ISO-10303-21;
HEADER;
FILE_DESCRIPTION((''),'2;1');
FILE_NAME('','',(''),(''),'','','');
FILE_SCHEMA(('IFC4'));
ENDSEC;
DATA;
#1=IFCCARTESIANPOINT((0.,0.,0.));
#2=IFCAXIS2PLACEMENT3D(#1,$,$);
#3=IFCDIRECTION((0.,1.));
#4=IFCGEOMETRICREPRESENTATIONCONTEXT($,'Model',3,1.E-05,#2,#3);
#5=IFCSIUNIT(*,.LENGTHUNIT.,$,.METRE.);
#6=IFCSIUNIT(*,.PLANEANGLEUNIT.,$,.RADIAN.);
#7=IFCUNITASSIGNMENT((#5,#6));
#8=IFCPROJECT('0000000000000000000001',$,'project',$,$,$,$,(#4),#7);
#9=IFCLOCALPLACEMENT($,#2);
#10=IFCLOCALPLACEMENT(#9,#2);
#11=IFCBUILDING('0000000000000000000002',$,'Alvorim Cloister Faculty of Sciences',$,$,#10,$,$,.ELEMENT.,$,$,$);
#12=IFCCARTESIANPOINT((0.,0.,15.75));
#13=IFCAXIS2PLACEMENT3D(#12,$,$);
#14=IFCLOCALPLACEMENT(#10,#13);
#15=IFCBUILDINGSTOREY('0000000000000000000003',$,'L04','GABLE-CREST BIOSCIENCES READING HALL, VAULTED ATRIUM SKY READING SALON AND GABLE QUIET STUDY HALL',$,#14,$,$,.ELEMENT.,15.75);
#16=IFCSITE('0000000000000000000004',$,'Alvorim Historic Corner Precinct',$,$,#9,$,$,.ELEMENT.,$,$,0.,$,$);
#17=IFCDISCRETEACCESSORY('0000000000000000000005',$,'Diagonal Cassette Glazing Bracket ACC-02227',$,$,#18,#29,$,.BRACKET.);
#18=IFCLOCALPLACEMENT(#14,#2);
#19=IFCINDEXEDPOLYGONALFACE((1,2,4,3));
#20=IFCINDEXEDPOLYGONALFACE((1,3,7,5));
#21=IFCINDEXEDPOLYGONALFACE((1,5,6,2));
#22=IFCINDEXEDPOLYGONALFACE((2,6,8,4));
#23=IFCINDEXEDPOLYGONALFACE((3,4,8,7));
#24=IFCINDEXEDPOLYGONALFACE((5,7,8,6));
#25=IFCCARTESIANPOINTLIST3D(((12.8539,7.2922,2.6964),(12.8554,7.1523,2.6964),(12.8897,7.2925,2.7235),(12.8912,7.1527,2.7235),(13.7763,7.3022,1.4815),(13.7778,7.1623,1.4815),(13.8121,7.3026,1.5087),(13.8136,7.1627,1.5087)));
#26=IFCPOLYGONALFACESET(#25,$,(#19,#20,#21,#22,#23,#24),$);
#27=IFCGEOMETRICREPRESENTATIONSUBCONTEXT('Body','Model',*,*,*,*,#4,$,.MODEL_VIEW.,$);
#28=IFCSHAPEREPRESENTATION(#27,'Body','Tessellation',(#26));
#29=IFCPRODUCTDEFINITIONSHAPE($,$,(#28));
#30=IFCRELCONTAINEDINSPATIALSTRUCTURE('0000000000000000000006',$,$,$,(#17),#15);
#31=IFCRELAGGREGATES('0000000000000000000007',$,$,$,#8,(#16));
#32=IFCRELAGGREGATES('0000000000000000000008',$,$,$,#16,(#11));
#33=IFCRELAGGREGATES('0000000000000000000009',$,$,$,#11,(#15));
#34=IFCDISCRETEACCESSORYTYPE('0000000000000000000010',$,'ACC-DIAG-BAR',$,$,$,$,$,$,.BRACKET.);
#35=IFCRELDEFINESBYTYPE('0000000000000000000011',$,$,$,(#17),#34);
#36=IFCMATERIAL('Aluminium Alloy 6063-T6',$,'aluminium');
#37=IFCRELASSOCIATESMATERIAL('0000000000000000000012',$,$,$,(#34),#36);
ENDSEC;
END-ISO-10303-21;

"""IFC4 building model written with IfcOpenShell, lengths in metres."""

from ifc_helpers import new_model, si_unit, direction, frame, origin, origin_2d, place, context, subcontext, project, spatial, rectangle, extrude, material, type_object, element, save


model = new_model("IFC4")

# Units and contexts
model_context = context("Model", 3, precision=1e-05, world=origin(), true_north=direction((0.0, 1.0)))
body_context = subcontext(model_context, "Body", "Model", "MODEL_VIEW")
ifc_project = project(units=[si_unit("LENGTHUNIT", "METRE"), si_unit("PLANEANGLEUNIT", "RADIAN")], contexts=[model_context])

# Site, building, storey
site_placement = place(None, origin())
site = spatial("IfcSite", under=ifc_project, at=site_placement, Name="Alvorim Historic Corner Precinct", CompositionType="ELEMENT", RefElevation=0.0)
building_placement = place(site_placement, origin())
building = spatial("IfcBuilding", under=site, at=building_placement, Name="Alvorim Cloister Faculty of Sciences", CompositionType="ELEMENT")
storey_placement = place(building_placement, frame((0.0, 0.0, 15.75)))
storey = spatial("IfcBuildingStorey", under=building, at=storey_placement, Name="L04", Description="GABLE-CREST BIOSCIENCES READING HALL, VAULTED ATRIUM SKY READING SALON AND GABLE QUIET STUDY HALL", CompositionType="ELEMENT", Elevation=15.75)

# Discrete accessory
ifc_material_1 = material(Name="Aluminium Alloy 6063-T6", Category="aluminium")
discrete_accessory_type = type_object("IfcDiscreteAccessoryType", Name="ACC-DIAG-BAR", PredefinedType="BRACKET", material=ifc_material_1)
discrete_accessory_1_placement = place(storey_placement, frame((12.8726, 7.2224, 2.71), z_axis=(0.604689, 0.006562, -0.796435), x_axis=(-0.010852, 0.999941, 0.0)))
element("IfcDiscreteAccessory", 1, at=discrete_accessory_1_placement, inside=storey, type_object=discrete_accessory_type, Name="Diagonal Cassette Glazing Bracket ACC-02227", PredefinedType="BRACKET", context=body_context, shape_type="SweptSolid", body=[
    extrude(rectangle(XDim=0.1399, YDim=0.0449, at=origin_2d()), origin(), (0.0, 0.0, 1.0), 1.5254),
])

save(model, "model.ifc")
